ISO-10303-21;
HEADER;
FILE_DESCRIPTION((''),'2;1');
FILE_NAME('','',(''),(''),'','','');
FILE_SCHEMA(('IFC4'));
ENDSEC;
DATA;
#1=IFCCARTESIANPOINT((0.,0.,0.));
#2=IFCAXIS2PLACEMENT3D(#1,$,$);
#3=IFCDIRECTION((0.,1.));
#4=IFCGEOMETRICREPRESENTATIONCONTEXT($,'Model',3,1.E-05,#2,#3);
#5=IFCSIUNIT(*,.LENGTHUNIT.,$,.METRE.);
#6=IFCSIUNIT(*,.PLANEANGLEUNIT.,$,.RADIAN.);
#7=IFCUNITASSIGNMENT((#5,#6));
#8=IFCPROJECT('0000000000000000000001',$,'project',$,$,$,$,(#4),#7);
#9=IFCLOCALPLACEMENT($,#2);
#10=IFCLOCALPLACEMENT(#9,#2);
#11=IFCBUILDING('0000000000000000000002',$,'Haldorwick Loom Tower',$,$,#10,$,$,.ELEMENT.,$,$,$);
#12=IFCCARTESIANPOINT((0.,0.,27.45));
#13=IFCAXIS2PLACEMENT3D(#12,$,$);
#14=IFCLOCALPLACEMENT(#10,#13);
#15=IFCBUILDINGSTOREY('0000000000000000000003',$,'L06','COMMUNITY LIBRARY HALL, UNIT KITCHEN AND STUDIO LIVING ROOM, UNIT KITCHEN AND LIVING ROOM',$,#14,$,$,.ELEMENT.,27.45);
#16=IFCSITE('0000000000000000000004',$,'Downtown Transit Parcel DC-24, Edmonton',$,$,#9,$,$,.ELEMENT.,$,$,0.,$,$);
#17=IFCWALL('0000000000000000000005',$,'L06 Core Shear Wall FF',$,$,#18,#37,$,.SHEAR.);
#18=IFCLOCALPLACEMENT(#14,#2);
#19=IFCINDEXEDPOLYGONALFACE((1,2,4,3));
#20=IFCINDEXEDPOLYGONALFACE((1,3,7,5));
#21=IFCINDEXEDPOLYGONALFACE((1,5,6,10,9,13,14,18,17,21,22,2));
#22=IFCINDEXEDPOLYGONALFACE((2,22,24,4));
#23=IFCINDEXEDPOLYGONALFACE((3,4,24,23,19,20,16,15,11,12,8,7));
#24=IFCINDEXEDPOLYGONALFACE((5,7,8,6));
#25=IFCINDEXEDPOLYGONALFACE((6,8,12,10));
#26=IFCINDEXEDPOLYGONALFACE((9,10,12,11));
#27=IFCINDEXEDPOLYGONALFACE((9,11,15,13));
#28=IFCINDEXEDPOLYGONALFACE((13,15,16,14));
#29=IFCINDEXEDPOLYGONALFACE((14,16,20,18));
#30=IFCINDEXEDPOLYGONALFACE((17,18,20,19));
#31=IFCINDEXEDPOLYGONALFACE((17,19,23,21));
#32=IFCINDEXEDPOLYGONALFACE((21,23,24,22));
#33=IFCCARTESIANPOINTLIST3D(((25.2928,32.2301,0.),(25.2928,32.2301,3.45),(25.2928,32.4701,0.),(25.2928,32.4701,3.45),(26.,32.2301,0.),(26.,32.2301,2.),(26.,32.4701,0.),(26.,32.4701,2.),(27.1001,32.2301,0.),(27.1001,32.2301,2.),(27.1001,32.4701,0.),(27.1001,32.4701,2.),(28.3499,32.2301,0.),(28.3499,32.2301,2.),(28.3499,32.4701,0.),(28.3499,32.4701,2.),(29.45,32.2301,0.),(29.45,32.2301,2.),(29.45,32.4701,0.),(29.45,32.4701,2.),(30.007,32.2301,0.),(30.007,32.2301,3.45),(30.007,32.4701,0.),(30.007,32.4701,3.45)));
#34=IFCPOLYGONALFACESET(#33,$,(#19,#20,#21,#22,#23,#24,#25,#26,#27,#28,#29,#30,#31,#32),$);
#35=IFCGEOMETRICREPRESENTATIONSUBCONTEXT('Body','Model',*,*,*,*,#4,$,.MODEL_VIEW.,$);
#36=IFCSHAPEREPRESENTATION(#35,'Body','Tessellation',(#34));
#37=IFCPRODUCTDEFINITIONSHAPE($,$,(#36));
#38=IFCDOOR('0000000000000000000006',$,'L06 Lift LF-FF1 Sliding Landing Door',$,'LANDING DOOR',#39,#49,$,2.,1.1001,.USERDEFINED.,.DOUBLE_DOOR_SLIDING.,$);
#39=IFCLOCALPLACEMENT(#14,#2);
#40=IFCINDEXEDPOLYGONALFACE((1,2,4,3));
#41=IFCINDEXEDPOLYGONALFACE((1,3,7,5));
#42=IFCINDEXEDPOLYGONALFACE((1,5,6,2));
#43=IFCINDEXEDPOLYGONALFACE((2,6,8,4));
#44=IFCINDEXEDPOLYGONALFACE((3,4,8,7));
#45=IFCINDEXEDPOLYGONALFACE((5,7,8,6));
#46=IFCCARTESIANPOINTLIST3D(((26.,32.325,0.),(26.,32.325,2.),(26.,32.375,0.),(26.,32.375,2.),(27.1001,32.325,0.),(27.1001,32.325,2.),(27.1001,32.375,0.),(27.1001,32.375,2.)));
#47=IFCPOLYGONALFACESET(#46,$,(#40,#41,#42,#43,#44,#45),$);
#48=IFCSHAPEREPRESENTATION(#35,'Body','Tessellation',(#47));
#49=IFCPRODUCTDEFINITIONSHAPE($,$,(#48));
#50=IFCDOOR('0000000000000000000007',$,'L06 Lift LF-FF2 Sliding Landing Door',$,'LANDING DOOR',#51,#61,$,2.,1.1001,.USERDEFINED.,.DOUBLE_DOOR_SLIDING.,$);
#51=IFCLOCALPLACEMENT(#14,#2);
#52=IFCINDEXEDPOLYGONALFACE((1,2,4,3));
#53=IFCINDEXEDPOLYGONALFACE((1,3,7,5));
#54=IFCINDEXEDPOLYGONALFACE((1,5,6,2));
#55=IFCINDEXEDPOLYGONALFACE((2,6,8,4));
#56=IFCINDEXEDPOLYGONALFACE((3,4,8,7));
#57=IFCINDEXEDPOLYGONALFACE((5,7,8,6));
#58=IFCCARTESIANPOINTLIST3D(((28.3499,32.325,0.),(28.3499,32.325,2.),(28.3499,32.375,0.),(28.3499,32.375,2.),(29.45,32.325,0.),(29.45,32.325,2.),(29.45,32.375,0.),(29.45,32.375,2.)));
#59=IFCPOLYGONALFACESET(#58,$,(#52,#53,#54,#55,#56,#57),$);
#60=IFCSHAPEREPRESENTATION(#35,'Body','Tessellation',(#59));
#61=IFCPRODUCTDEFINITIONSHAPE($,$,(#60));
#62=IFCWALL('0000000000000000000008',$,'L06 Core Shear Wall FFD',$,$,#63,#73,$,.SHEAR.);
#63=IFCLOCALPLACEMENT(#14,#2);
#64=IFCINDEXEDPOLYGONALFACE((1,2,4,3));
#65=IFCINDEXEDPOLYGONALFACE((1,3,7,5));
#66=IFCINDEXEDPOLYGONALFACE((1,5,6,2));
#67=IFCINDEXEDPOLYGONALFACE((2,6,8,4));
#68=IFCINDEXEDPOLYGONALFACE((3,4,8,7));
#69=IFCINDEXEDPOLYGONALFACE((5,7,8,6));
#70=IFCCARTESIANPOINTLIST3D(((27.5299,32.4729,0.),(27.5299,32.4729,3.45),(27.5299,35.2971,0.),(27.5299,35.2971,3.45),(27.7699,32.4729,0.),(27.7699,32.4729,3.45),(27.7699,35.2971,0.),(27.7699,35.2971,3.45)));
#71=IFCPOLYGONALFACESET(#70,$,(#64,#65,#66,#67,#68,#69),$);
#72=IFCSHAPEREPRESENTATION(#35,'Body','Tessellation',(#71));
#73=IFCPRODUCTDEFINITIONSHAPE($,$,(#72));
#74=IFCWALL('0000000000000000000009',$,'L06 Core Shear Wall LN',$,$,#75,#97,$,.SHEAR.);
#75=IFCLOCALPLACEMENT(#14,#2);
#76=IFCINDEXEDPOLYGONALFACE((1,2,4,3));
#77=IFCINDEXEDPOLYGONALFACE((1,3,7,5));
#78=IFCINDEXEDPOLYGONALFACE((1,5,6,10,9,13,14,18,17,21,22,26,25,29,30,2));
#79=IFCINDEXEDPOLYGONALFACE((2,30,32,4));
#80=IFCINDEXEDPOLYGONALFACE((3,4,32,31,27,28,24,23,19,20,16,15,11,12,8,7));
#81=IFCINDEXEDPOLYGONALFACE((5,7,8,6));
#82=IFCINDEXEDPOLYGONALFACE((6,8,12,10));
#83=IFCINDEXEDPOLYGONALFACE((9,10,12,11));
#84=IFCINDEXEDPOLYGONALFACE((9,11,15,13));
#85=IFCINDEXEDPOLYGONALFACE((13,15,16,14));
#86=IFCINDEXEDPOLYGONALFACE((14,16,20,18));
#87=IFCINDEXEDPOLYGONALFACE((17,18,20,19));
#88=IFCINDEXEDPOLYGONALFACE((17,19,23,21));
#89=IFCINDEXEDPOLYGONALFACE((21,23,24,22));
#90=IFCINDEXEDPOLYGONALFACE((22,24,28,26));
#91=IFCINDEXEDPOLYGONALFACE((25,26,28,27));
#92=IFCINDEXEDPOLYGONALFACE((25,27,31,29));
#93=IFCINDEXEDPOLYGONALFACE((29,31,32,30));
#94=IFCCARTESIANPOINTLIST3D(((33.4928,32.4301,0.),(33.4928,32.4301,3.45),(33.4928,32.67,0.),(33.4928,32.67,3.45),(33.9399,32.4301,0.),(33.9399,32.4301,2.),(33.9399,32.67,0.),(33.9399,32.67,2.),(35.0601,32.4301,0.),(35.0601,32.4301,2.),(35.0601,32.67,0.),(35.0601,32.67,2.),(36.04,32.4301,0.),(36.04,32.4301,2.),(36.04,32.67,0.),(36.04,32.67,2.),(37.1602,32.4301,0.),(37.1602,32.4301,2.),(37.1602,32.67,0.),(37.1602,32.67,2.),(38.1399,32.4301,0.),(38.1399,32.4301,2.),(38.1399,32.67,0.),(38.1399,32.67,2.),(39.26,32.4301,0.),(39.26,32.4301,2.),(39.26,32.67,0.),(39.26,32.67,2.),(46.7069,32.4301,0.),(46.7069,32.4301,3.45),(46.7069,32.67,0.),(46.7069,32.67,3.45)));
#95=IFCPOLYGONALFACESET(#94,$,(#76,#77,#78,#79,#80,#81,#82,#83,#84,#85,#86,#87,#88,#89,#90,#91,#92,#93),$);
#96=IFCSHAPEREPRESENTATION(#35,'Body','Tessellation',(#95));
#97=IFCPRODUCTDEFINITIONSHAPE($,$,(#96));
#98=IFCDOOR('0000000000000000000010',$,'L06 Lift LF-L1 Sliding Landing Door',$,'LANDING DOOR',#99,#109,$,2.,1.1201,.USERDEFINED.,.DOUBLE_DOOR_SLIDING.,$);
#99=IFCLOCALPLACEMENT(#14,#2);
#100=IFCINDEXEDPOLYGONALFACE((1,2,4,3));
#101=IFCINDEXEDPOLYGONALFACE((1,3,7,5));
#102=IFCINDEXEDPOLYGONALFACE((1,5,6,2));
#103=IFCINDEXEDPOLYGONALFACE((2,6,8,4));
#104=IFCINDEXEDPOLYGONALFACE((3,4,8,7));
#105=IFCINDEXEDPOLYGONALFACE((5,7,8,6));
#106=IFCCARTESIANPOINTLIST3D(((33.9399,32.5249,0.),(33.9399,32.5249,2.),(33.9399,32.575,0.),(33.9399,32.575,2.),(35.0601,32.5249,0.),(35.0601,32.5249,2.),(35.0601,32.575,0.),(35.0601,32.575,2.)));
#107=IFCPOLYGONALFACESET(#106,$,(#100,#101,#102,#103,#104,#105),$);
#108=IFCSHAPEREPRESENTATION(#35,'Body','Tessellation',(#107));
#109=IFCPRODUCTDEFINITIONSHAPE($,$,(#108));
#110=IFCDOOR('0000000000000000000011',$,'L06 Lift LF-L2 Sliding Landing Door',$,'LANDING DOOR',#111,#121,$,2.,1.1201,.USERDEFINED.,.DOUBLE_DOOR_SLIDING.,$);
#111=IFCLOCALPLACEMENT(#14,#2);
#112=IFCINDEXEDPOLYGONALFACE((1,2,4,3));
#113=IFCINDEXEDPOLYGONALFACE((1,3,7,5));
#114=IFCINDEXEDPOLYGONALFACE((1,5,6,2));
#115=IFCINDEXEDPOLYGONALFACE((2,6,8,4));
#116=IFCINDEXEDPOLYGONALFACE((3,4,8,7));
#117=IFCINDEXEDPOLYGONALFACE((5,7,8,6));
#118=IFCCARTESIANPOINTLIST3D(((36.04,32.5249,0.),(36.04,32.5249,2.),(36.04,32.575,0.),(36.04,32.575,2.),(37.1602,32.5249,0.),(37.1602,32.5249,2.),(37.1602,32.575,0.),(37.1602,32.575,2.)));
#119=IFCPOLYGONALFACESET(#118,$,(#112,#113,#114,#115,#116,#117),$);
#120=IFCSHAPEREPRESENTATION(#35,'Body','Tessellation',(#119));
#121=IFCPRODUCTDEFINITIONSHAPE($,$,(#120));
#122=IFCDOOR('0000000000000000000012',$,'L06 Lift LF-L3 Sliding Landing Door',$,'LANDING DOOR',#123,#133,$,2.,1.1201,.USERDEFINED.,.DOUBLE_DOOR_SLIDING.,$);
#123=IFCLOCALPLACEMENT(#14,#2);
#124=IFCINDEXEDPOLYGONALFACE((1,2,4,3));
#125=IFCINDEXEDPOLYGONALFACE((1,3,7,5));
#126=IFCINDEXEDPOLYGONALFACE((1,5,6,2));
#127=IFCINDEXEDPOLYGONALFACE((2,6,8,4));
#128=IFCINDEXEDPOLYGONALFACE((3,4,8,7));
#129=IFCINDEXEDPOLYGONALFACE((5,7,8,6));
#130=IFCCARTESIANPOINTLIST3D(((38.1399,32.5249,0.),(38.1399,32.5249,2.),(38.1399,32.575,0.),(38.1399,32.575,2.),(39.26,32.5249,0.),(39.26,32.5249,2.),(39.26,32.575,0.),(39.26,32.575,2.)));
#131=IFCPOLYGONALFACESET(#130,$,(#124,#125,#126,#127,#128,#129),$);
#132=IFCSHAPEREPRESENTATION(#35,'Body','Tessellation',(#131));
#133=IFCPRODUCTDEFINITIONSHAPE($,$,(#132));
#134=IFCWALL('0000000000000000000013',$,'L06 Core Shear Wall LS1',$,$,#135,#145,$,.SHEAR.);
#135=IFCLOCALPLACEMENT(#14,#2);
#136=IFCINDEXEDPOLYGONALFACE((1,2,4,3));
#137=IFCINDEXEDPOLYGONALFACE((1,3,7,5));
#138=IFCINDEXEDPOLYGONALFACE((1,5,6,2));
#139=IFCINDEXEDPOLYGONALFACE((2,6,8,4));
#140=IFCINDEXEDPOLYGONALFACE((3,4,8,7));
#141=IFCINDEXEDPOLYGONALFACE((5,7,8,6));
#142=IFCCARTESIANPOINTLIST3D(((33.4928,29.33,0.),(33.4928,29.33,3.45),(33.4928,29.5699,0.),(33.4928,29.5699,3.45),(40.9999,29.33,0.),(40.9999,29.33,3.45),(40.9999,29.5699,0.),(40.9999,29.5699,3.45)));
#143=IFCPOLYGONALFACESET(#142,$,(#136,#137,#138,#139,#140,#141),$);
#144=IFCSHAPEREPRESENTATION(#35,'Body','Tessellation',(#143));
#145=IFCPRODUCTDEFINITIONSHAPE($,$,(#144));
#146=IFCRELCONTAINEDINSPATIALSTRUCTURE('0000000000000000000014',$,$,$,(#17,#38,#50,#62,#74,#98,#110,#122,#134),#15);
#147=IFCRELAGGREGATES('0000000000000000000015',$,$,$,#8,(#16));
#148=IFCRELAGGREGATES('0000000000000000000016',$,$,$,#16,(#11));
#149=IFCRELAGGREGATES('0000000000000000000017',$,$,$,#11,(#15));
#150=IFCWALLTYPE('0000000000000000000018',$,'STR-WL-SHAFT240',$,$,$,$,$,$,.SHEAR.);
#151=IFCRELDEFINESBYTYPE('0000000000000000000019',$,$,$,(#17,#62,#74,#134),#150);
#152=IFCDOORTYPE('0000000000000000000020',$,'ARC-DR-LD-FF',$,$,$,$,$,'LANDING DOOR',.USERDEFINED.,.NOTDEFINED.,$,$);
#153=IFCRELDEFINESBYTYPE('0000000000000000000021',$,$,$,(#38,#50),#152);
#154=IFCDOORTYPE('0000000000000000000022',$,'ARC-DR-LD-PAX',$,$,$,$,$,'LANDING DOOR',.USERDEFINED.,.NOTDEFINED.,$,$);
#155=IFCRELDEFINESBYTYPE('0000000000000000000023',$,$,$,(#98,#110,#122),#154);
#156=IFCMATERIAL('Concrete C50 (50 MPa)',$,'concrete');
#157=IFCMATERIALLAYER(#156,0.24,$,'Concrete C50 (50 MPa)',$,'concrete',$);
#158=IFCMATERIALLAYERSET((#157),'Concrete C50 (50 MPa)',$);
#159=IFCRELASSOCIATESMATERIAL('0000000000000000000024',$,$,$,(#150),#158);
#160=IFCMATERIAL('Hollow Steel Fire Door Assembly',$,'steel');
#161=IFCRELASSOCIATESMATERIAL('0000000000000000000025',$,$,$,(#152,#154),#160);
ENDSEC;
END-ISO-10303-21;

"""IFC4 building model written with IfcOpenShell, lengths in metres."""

from ifc_helpers import new_model, si_unit, direction, frame, frame_2d, origin, place, context, subcontext, project, spatial, rectangle, extrude, material, layer, layer_set, type_object, element, fill, save


model = new_model("IFC4")

# Units and contexts
model_context = context("Model", 3, precision=1e-05, world=origin(), true_north=direction((0.0, 1.0)))
body_context = subcontext(model_context, "Body", "Model", "MODEL_VIEW")
ifc_project = project(units=[si_unit("LENGTHUNIT", "METRE"), si_unit("PLANEANGLEUNIT", "RADIAN")], contexts=[model_context])

# Site, building, storey
site_placement = place(None, origin())
site = spatial("IfcSite", under=ifc_project, at=site_placement, Name="Downtown Transit Parcel DC-24, Edmonton", CompositionType="ELEMENT", RefElevation=0.0)
building_placement = place(site_placement, origin())
building = spatial("IfcBuilding", under=site, at=building_placement, Name="Haldorwick Loom Tower", CompositionType="ELEMENT")
storey_placement = place(building_placement, frame((0.0, 0.0, 27.45)))
storey = spatial("IfcBuildingStorey", under=building, at=storey_placement, Name="L06", Description="COMMUNITY LIBRARY HALL, UNIT KITCHEN AND STUDIO LIVING ROOM, UNIT KITCHEN AND LIVING ROOM", CompositionType="ELEMENT", Elevation=27.45)

# Shared definitions
ifc_material_1 = material(Name="Concrete C50 (50 MPa)", Category="concrete")
ifc_layer = layer(ifc_material_1, 0.24, Name="Concrete C50 (50 MPa)", Category="concrete")
ifc_layer_set = layer_set([ifc_layer], Name="Concrete C50 (50 MPa)")
wall_type = type_object("IfcWallType", Name="STR-WL-SHAFT240", PredefinedType="SHEAR", material=ifc_layer_set)

# Wall, openings, doors
wall_1_placement = place(storey_placement, frame((25.293, 32.3501, 0.0), z_axis=(0.0, 0.0, 1.0), x_axis=(1.0, 0.0, 0.0)))
wall_1 = element("IfcWall", 1, at=wall_1_placement, inside=storey, type_object=wall_type, Name="L06 Core Shear Wall FF", PredefinedType="SHEAR", context=body_context, shape_type="SweptSolid", body=[
    extrude(rectangle(XDim=4.7141, YDim=0.24, at=frame_2d((2.3569, 0.0))), origin(), (0.0, 0.0, 1.0), 3.45),
])
opening_1_placement = place(wall_1_placement, frame((0.707, 0.0, 0.0)))
opening_1 = element("IfcOpeningElement", 2, at=opening_1_placement, cuts=wall_1, PredefinedType="OPENING", context=body_context, shape_type="SweptSolid", body=[
    extrude(rectangle(XDim=1.1001, YDim=2.0, at=frame_2d((0.55, 1.0))), frame((0.0, 0.1299, 0.0), z_axis=(0.0, -1.0, 0.0), x_axis=(1.0, 0.0, 0.0)), (0.0, 0.0, 1.0), 0.26),
])
opening_2_placement = place(wall_1_placement, frame((3.0569, 0.0, 0.0)))
opening_2 = element("IfcOpeningElement", 3, at=opening_2_placement, cuts=wall_1, PredefinedType="OPENING", context=body_context, shape_type="SweptSolid", body=[
    extrude(rectangle(XDim=1.1001, YDim=2.0, at=frame_2d((0.55, 1.0))), frame((0.0, 0.1299, 0.0), z_axis=(0.0, -1.0, 0.0), x_axis=(1.0, 0.0, 0.0)), (0.0, 0.0, 1.0), 0.26),
])
ifc_material_2 = material(Name="Hollow Steel Fire Door Assembly", Category="steel")
door_type_1 = type_object("IfcDoorType", Name="ARC-DR-LD-FF", ElementType="LANDING DOOR", OperationType="NOTDEFINED", PredefinedType="USERDEFINED", material=ifc_material_2)
door_1_placement = place(opening_1_placement, origin())
door_1 = element("IfcDoor", 4, at=door_1_placement, inside=storey, type_object=door_type_1, Name="L06 Lift LF-FF1 Sliding Landing Door", ObjectType="LANDING DOOR", OperationType="DOUBLE_DOOR_SLIDING", OverallHeight=2.0, OverallWidth=1.1001, PredefinedType="USERDEFINED", context=body_context, shape_type="SweptSolid", body=[
    extrude(rectangle(XDim=1.1001, YDim=2.0, at=frame_2d((0.55, 1.0))), frame((0.0, 0.0249, 0.0), z_axis=(0.0, -1.0, 0.0), x_axis=(1.0, 0.0, 0.0)), (0.0, 0.0, 1.0), 0.05),
])
fill(opening_1, door_1)
door_2_placement = place(opening_2_placement, origin())
door_2 = element("IfcDoor", 5, at=door_2_placement, inside=storey, type_object=door_type_1, Name="L06 Lift LF-FF2 Sliding Landing Door", ObjectType="LANDING DOOR", OperationType="DOUBLE_DOOR_SLIDING", OverallHeight=2.0, OverallWidth=1.1001, PredefinedType="USERDEFINED", context=body_context, shape_type="SweptSolid", body=[
    extrude(rectangle(XDim=1.1001, YDim=2.0, at=frame_2d((0.55, 1.0))), frame((0.0, 0.0249, 0.0), z_axis=(0.0, -1.0, 0.0), x_axis=(1.0, 0.0, 0.0)), (0.0, 0.0, 1.0), 0.05),
])
fill(opening_2, door_2)

# Wall
wall_2_placement = place(storey_placement, frame((27.6499, 32.4729, 0.0), z_axis=(0.0, 0.0, 1.0), x_axis=(0.0, 1.0, 0.0)))
element("IfcWall", 6, at=wall_2_placement, inside=storey, type_object=wall_type, Name="L06 Core Shear Wall FFD", PredefinedType="SHEAR", context=body_context, shape_type="SweptSolid", body=[
    extrude(rectangle(XDim=2.8242, YDim=0.24, at=frame_2d((1.4121, 0.0))), origin(), (0.0, 0.0, 1.0), 3.45),
])

# Wall, openings, doors
wall_3_placement = place(storey_placement, frame((33.4929, 32.55, 0.0), z_axis=(0.0, 0.0, 1.0), x_axis=(1.0, 0.0, 0.0)))
wall_3 = element("IfcWall", 7, at=wall_3_placement, inside=storey, type_object=wall_type, Name="L06 Core Shear Wall LN", PredefinedType="SHEAR", context=body_context, shape_type="SweptSolid", body=[
    extrude(rectangle(XDim=13.2141, YDim=0.24, at=frame_2d((6.6069, 0.0))), origin(), (0.0, 0.0, 1.0), 3.45),
])
opening_3_placement = place(wall_3_placement, frame((0.447, 0.0, 0.0)))
opening_3 = element("IfcOpeningElement", 8, at=opening_3_placement, cuts=wall_3, PredefinedType="OPENING", context=body_context, shape_type="SweptSolid", body=[
    extrude(rectangle(XDim=1.1201, YDim=2.0, at=frame_2d((0.5601, 1.0))), frame((0.0, 0.1299, 0.0), z_axis=(0.0, -1.0, 0.0), x_axis=(1.0, 0.0, 0.0)), (0.0, 0.0, 1.0), 0.26),
])
opening_4_placement = place(wall_3_placement, frame((2.5471, 0.0, 0.0)))
opening_4 = element("IfcOpeningElement", 9, at=opening_4_placement, cuts=wall_3, PredefinedType="OPENING", context=body_context, shape_type="SweptSolid", body=[
    extrude(rectangle(XDim=1.1201, YDim=2.0, at=frame_2d((0.5601, 1.0))), frame((0.0, 0.1299, 0.0), z_axis=(0.0, -1.0, 0.0), x_axis=(1.0, 0.0, 0.0)), (0.0, 0.0, 1.0), 0.26),
])
opening_5_placement = place(wall_3_placement, frame((4.647, 0.0, 0.0)))
opening_5 = element("IfcOpeningElement", 10, at=opening_5_placement, cuts=wall_3, PredefinedType="OPENING", context=body_context, shape_type="SweptSolid", body=[
    extrude(rectangle(XDim=1.1201, YDim=2.0, at=frame_2d((0.5601, 1.0))), frame((0.0, 0.1299, 0.0), z_axis=(0.0, -1.0, 0.0), x_axis=(1.0, 0.0, 0.0)), (0.0, 0.0, 1.0), 0.26),
])
door_type_2 = type_object("IfcDoorType", Name="ARC-DR-LD-PAX", ElementType="LANDING DOOR", OperationType="NOTDEFINED", PredefinedType="USERDEFINED", material=ifc_material_2)
door_3_placement = place(opening_3_placement, origin())
door_3 = element("IfcDoor", 11, at=door_3_placement, inside=storey, type_object=door_type_2, Name="L06 Lift LF-L1 Sliding Landing Door", ObjectType="LANDING DOOR", OperationType="DOUBLE_DOOR_SLIDING", OverallHeight=2.0, OverallWidth=1.1201, PredefinedType="USERDEFINED", context=body_context, shape_type="SweptSolid", body=[
    extrude(rectangle(XDim=1.1201, YDim=2.0, at=frame_2d((0.5601, 1.0))), frame((0.0, 0.0249, 0.0), z_axis=(0.0, -1.0, 0.0), x_axis=(1.0, 0.0, 0.0)), (0.0, 0.0, 1.0), 0.05),
])
fill(opening_3, door_3)
door_4_placement = place(opening_4_placement, origin())
door_4 = element("IfcDoor", 12, at=door_4_placement, inside=storey, type_object=door_type_2, Name="L06 Lift LF-L2 Sliding Landing Door", ObjectType="LANDING DOOR", OperationType="DOUBLE_DOOR_SLIDING", OverallHeight=2.0, OverallWidth=1.1201, PredefinedType="USERDEFINED", context=body_context, shape_type="SweptSolid", body=[
    extrude(rectangle(XDim=1.1201, YDim=2.0, at=frame_2d((0.5601, 1.0))), frame((0.0, 0.0249, 0.0), z_axis=(0.0, -1.0, 0.0), x_axis=(1.0, 0.0, 0.0)), (0.0, 0.0, 1.0), 0.05),
])
fill(opening_4, door_4)
door_5_placement = place(opening_5_placement, origin())
door_5 = element("IfcDoor", 13, at=door_5_placement, inside=storey, type_object=door_type_2, Name="L06 Lift LF-L3 Sliding Landing Door", ObjectType="LANDING DOOR", OperationType="DOUBLE_DOOR_SLIDING", OverallHeight=2.0, OverallWidth=1.1201, PredefinedType="USERDEFINED", context=body_context, shape_type="SweptSolid", body=[
    extrude(rectangle(XDim=1.1201, YDim=2.0, at=frame_2d((0.5601, 1.0))), frame((0.0, 0.0249, 0.0), z_axis=(0.0, -1.0, 0.0), x_axis=(1.0, 0.0, 0.0)), (0.0, 0.0, 1.0), 0.05),
])
fill(opening_5, door_5)

# Wall
wall_4_placement = place(storey_placement, frame((33.4929, 29.45, 0.0), z_axis=(0.0, 0.0, 1.0), x_axis=(1.0, 0.0, 0.0)))
element("IfcWall", 14, at=wall_4_placement, inside=storey, type_object=wall_type, Name="L06 Core Shear Wall LS1", PredefinedType="SHEAR", context=body_context, shape_type="SweptSolid", body=[
    extrude(rectangle(XDim=7.5071, YDim=0.24, at=frame_2d((3.7534, 0.0))), origin(), (0.0, 0.0, 1.0), 3.45),
])

save(model, "model.ifc")
